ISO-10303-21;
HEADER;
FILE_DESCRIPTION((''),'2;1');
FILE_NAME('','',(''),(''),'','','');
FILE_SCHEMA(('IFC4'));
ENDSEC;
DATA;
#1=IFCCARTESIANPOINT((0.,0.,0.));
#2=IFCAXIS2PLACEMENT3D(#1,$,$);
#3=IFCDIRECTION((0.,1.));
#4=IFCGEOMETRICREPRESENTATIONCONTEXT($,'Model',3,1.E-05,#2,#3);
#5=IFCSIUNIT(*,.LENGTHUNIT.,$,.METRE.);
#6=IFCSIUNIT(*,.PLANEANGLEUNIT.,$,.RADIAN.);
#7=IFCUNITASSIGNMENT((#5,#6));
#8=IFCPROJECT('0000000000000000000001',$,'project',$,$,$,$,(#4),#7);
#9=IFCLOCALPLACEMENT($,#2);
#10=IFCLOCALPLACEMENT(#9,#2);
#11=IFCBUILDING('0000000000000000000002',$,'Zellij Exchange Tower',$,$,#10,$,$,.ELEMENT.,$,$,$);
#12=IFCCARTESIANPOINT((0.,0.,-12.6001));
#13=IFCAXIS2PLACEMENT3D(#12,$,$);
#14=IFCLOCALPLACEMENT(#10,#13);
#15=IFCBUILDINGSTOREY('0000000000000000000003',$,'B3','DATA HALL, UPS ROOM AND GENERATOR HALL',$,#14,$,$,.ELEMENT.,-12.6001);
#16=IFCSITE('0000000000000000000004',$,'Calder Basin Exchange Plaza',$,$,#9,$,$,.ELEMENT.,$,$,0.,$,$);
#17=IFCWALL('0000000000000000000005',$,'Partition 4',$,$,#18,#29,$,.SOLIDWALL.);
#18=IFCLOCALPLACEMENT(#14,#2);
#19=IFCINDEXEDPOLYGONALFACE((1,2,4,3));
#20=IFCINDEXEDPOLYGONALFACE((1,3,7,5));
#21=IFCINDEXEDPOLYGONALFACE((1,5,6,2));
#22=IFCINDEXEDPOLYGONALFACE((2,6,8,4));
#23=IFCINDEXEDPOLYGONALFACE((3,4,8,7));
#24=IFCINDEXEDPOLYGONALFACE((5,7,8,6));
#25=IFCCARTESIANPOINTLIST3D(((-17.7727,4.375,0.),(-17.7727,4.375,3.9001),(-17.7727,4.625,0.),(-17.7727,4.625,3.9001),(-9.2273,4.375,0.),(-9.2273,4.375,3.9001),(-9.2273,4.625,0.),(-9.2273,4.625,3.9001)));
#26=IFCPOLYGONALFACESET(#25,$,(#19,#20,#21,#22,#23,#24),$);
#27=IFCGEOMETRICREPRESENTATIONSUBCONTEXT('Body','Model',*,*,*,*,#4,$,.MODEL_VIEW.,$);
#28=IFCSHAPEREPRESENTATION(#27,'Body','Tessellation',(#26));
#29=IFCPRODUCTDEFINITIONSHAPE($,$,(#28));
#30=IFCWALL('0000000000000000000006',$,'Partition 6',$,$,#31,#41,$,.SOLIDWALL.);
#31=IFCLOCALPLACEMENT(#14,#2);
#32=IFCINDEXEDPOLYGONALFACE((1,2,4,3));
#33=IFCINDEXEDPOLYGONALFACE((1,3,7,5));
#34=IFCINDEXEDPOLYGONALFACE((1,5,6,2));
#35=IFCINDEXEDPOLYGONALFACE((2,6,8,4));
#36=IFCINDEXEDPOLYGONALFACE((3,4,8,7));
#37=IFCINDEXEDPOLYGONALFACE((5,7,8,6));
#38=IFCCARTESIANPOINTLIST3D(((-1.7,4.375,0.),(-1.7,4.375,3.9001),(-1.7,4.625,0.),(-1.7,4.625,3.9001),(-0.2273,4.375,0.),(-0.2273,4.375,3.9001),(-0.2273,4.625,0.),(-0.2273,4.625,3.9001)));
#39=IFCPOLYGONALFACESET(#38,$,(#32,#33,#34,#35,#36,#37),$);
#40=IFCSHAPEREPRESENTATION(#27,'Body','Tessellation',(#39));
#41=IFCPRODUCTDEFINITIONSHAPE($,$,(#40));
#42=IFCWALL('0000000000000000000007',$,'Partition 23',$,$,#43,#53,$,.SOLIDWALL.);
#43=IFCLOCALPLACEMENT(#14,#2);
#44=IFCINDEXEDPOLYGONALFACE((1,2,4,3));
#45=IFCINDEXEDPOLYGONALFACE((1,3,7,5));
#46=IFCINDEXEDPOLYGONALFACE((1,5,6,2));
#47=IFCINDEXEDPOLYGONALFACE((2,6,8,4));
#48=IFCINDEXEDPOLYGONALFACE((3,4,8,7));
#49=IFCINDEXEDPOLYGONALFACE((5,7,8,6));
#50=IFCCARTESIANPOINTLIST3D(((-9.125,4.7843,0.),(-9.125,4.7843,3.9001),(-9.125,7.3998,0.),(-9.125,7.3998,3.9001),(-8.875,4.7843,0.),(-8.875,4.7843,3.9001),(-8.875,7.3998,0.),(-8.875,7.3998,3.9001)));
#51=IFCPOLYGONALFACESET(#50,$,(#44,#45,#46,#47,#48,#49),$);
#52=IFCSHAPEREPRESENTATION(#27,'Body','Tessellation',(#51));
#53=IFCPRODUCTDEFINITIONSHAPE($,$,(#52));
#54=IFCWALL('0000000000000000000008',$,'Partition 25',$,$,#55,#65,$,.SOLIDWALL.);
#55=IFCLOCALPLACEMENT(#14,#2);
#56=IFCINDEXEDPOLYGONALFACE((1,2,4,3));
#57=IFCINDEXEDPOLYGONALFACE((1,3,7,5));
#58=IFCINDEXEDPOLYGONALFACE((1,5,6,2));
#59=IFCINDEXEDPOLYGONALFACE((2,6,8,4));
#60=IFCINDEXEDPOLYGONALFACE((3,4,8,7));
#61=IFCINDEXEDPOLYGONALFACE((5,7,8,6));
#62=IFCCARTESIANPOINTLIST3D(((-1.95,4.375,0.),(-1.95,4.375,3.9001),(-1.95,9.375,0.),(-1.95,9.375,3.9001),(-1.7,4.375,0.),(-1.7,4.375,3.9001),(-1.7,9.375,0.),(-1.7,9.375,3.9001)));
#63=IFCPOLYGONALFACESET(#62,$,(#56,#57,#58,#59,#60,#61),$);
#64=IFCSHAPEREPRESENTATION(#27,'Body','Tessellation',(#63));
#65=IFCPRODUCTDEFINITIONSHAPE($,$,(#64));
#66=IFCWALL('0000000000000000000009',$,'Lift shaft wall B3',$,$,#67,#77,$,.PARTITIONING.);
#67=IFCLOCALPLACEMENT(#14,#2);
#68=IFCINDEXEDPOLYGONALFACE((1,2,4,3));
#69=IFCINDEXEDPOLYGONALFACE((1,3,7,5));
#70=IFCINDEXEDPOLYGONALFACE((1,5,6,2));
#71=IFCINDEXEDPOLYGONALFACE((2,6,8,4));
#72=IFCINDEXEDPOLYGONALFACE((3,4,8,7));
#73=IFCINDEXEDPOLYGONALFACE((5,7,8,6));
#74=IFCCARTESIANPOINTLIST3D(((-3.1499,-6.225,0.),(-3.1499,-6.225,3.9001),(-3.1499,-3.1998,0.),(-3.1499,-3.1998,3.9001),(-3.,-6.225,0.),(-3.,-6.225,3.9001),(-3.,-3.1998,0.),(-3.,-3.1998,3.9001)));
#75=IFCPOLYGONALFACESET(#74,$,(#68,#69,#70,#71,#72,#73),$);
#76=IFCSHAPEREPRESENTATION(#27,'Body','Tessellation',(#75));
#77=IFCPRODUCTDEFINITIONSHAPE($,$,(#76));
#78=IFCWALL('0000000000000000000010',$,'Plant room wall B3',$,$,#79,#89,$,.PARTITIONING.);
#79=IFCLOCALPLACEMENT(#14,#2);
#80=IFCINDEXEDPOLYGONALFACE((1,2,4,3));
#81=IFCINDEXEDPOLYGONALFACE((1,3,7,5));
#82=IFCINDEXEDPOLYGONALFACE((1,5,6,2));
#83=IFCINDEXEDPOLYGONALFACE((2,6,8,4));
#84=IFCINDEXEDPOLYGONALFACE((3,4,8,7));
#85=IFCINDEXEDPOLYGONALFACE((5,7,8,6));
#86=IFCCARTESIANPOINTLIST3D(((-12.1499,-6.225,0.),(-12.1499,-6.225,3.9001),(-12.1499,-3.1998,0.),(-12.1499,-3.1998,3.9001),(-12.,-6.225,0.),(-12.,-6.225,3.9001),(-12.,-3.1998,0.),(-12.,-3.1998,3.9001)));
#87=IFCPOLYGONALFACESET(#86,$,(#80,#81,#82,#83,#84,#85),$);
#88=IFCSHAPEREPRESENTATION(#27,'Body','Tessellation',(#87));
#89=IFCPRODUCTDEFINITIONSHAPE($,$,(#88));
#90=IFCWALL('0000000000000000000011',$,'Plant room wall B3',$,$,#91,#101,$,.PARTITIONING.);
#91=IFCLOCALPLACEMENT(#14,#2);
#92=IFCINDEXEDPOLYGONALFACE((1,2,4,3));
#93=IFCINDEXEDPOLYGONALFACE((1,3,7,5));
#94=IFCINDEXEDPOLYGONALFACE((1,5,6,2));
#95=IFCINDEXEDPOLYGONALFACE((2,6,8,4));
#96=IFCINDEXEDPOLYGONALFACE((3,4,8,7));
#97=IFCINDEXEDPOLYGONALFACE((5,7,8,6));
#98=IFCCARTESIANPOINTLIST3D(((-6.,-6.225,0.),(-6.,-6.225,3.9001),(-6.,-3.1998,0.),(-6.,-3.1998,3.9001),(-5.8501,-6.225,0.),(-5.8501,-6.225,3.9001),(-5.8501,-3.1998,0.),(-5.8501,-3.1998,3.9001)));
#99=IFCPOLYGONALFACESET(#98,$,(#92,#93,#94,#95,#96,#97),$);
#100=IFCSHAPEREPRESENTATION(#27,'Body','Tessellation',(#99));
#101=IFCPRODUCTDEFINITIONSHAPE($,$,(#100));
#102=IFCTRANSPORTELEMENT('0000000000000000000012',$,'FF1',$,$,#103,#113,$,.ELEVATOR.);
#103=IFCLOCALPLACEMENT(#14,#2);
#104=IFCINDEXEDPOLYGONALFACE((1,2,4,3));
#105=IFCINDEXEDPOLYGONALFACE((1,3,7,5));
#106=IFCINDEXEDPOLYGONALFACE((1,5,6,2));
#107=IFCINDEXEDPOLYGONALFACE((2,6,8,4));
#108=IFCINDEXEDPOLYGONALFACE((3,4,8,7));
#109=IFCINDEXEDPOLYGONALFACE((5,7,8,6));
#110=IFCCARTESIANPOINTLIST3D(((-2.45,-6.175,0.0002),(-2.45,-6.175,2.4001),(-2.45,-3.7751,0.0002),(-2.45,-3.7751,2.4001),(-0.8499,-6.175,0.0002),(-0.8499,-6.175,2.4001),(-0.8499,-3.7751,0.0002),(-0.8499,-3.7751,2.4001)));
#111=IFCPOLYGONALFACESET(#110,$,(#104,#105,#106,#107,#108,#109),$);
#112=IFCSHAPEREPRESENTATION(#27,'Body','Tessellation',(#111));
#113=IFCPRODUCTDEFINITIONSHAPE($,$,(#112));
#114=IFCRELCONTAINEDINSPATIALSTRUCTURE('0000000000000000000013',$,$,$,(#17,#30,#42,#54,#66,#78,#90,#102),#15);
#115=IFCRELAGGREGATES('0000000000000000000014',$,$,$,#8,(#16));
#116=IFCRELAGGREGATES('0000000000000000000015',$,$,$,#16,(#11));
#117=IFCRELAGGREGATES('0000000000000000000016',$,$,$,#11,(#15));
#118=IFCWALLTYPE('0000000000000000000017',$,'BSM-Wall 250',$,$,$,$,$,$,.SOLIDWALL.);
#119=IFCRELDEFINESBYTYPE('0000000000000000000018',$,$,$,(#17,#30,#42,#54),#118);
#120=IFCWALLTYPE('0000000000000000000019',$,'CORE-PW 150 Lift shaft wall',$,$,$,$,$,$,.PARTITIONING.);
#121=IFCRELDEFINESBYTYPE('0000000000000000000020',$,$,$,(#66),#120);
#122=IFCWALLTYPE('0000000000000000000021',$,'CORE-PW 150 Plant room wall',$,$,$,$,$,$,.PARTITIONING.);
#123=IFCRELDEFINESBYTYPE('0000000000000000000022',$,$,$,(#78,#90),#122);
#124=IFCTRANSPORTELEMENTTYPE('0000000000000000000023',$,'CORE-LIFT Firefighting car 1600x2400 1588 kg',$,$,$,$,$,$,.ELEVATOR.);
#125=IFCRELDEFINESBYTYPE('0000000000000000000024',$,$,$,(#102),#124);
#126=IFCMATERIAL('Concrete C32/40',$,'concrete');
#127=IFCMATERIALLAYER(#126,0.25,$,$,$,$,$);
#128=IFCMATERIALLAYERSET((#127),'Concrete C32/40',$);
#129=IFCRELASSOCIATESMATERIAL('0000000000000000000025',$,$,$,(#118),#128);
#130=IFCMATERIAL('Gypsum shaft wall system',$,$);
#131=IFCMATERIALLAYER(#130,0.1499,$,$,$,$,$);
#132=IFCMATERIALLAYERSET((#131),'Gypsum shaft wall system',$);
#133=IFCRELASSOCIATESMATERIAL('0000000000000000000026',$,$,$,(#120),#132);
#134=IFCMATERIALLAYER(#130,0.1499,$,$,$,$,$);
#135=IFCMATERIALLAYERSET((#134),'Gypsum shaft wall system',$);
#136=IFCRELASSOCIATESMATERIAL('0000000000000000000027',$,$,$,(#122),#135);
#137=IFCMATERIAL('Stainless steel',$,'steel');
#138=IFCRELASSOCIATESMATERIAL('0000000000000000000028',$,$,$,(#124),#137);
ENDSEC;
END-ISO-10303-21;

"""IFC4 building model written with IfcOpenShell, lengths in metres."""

from ifc_helpers import new_model, si_unit, direction, frame, frame_2d, origin, origin_2d, place, context, subcontext, project, spatial, rectangle, extrude, material, layer, layer_set, type_object, element, save


model = new_model("IFC4")

# Units and contexts
model_context = context("Model", 3, precision=1e-05, world=origin(), true_north=direction((0.0, 1.0)))
body_context = subcontext(model_context, "Body", "Model", "MODEL_VIEW")
ifc_project = project(units=[si_unit("LENGTHUNIT", "METRE"), si_unit("PLANEANGLEUNIT", "RADIAN")], contexts=[model_context])

# Site, building, storey
site_placement = place(None, origin())
site = spatial("IfcSite", under=ifc_project, at=site_placement, Name="Calder Basin Exchange Plaza", CompositionType="ELEMENT", RefElevation=0.0)
building_placement = place(site_placement, origin())
building = spatial("IfcBuilding", under=site, at=building_placement, Name="Zellij Exchange Tower", CompositionType="ELEMENT")
storey_placement = place(building_placement, frame((0.0, 0.0, -12.6001)))
storey = spatial("IfcBuildingStorey", under=building, at=storey_placement, Name="B3", Description="DATA HALL, UPS ROOM AND GENERATOR HALL", CompositionType="ELEMENT", Elevation=-12.6001)

# Shared definitions
ifc_material_1 = material(Name="Concrete C32/40", Category="concrete")

# Walls
ifc_layer_1 = layer(ifc_material_1, 0.25)
ifc_layer_set_1 = layer_set([ifc_layer_1], Name="Concrete C32/40")
wall_type_1 = type_object("IfcWallType", Name="BSM-Wall 250", PredefinedType="SOLIDWALL", material=ifc_layer_set_1)
wall_1_placement = place(storey_placement, frame((-17.7727, 4.5, 0.0), z_axis=(0.0, 0.0, 1.0), x_axis=(1.0, 0.0, 0.0)))
element("IfcWall", 1, at=wall_1_placement, inside=storey, type_object=wall_type_1, Name="Partition 4", PredefinedType="SOLIDWALL", context=body_context, shape_type="SweptSolid", body=[
    extrude(rectangle(XDim=8.5454, YDim=0.25, at=frame_2d((4.2727, 0.0))), origin(), (0.0, 0.0, 1.0), 3.9001),
])
wall_2_placement = place(storey_placement, frame((-1.7, 4.5, 0.0), z_axis=(0.0, 0.0, 1.0), x_axis=(1.0, 0.0, 0.0)))
element("IfcWall", 2, at=wall_2_placement, inside=storey, type_object=wall_type_1, Name="Partition 6", PredefinedType="SOLIDWALL", context=body_context, shape_type="SweptSolid", body=[
    extrude(rectangle(XDim=1.4727, YDim=0.25, at=frame_2d((0.7363, 0.0))), origin(), (0.0, 0.0, 1.0), 3.9001),
])
wall_3_placement = place(storey_placement, frame((-9.0, 4.7844, 0.0), z_axis=(0.0, 0.0, 1.0), x_axis=(0.0, 1.0, 0.0)))
element("IfcWall", 3, at=wall_3_placement, inside=storey, type_object=wall_type_1, Name="Partition 23", PredefinedType="SOLIDWALL", context=body_context, shape_type="SweptSolid", body=[
    extrude(rectangle(XDim=2.6155, YDim=0.25, at=frame_2d((1.3076, 0.0))), origin(), (0.0, 0.0, 1.0), 3.9001),
])
wall_4_placement = place(storey_placement, frame((-1.825, 4.375, 0.0), z_axis=(0.0, 0.0, 1.0), x_axis=(0.0, 1.0, 0.0)))
element("IfcWall", 4, at=wall_4_placement, inside=storey, type_object=wall_type_1, Name="Partition 25", PredefinedType="SOLIDWALL", context=body_context, shape_type="SweptSolid", body=[
    extrude(rectangle(XDim=5.0, YDim=0.25, at=frame_2d((2.5, 0.0))), origin(), (0.0, 0.0, 1.0), 3.9001),
])
ifc_material_2 = material(Name="Gypsum shaft wall system")
ifc_layer_2 = layer(ifc_material_2, 0.1499)
ifc_layer_set_2 = layer_set([ifc_layer_2], Name="Gypsum shaft wall system")
wall_type_2 = type_object("IfcWallType", Name="CORE-PW 150 Lift shaft wall", PredefinedType="PARTITIONING", material=ifc_layer_set_2)
wall_5_placement = place(storey_placement, frame((-3.075, -6.2251, 0.0), z_axis=(0.0, 0.0, 1.0), x_axis=(0.0, 1.0, 0.0)))
element("IfcWall", 5, at=wall_5_placement, inside=storey, type_object=wall_type_2, Name="Lift shaft wall B3", PredefinedType="PARTITIONING", context=body_context, shape_type="SweptSolid", body=[
    extrude(rectangle(XDim=3.0251, YDim=0.1499, at=frame_2d((1.5127, 0.0))), origin(), (0.0, 0.0, 1.0), 3.9001),
])
ifc_layer_3 = layer(ifc_material_2, 0.1499)
ifc_layer_set_3 = layer_set([ifc_layer_3], Name="Gypsum shaft wall system")
wall_type_3 = type_object("IfcWallType", Name="CORE-PW 150 Plant room wall", PredefinedType="PARTITIONING", material=ifc_layer_set_3)
for number, where, z_axis, x_axis, name in (
    (6, (-12.075, -6.2251, 0.0), (0.0, 0.0, 1.0), (0.0, 1.0, 0.0), "Plant room wall B3"),
    (7, (-5.925, -6.2251, 0.0), (0.0, 0.0, 1.0), (0.0, 1.0, 0.0), "Plant room wall B3"),
):
    element("IfcWall", number, at=place(storey_placement, frame(where, z_axis=z_axis, x_axis=x_axis)), inside=storey, type_object=wall_type_3, Name=name, PredefinedType="PARTITIONING", context=body_context, shape_type="SweptSolid", body=[
        extrude(rectangle(XDim=3.0251, YDim=0.1499, at=frame_2d((1.5127, 0.0))), origin(), (0.0, 0.0, 1.0), 3.9001),
    ])

# Transport element
ifc_material_3 = material(Name="Stainless steel", Category="steel")
transport_element_type = type_object("IfcTransportElementType", Name="CORE-LIFT Firefighting car 1600x2400 1588 kg", PredefinedType="ELEVATOR", material=ifc_material_3)
transport_element_placement = place(storey_placement, frame((-1.6499, -4.9751, 0.0002), z_axis=(0.0, 0.0, 1.0), x_axis=(1.0, 0.0, 0.0)))
element("IfcTransportElement", 8, at=transport_element_placement, inside=storey, type_object=transport_element_type, Name="FF1", PredefinedType="ELEVATOR", context=body_context, shape_type="SweptSolid", body=[
    extrude(rectangle(XDim=1.6001, YDim=2.3999, at=origin_2d()), origin(), (0.0, 0.0, 1.0), 2.3999),
])

save(model, "model.ifc")
